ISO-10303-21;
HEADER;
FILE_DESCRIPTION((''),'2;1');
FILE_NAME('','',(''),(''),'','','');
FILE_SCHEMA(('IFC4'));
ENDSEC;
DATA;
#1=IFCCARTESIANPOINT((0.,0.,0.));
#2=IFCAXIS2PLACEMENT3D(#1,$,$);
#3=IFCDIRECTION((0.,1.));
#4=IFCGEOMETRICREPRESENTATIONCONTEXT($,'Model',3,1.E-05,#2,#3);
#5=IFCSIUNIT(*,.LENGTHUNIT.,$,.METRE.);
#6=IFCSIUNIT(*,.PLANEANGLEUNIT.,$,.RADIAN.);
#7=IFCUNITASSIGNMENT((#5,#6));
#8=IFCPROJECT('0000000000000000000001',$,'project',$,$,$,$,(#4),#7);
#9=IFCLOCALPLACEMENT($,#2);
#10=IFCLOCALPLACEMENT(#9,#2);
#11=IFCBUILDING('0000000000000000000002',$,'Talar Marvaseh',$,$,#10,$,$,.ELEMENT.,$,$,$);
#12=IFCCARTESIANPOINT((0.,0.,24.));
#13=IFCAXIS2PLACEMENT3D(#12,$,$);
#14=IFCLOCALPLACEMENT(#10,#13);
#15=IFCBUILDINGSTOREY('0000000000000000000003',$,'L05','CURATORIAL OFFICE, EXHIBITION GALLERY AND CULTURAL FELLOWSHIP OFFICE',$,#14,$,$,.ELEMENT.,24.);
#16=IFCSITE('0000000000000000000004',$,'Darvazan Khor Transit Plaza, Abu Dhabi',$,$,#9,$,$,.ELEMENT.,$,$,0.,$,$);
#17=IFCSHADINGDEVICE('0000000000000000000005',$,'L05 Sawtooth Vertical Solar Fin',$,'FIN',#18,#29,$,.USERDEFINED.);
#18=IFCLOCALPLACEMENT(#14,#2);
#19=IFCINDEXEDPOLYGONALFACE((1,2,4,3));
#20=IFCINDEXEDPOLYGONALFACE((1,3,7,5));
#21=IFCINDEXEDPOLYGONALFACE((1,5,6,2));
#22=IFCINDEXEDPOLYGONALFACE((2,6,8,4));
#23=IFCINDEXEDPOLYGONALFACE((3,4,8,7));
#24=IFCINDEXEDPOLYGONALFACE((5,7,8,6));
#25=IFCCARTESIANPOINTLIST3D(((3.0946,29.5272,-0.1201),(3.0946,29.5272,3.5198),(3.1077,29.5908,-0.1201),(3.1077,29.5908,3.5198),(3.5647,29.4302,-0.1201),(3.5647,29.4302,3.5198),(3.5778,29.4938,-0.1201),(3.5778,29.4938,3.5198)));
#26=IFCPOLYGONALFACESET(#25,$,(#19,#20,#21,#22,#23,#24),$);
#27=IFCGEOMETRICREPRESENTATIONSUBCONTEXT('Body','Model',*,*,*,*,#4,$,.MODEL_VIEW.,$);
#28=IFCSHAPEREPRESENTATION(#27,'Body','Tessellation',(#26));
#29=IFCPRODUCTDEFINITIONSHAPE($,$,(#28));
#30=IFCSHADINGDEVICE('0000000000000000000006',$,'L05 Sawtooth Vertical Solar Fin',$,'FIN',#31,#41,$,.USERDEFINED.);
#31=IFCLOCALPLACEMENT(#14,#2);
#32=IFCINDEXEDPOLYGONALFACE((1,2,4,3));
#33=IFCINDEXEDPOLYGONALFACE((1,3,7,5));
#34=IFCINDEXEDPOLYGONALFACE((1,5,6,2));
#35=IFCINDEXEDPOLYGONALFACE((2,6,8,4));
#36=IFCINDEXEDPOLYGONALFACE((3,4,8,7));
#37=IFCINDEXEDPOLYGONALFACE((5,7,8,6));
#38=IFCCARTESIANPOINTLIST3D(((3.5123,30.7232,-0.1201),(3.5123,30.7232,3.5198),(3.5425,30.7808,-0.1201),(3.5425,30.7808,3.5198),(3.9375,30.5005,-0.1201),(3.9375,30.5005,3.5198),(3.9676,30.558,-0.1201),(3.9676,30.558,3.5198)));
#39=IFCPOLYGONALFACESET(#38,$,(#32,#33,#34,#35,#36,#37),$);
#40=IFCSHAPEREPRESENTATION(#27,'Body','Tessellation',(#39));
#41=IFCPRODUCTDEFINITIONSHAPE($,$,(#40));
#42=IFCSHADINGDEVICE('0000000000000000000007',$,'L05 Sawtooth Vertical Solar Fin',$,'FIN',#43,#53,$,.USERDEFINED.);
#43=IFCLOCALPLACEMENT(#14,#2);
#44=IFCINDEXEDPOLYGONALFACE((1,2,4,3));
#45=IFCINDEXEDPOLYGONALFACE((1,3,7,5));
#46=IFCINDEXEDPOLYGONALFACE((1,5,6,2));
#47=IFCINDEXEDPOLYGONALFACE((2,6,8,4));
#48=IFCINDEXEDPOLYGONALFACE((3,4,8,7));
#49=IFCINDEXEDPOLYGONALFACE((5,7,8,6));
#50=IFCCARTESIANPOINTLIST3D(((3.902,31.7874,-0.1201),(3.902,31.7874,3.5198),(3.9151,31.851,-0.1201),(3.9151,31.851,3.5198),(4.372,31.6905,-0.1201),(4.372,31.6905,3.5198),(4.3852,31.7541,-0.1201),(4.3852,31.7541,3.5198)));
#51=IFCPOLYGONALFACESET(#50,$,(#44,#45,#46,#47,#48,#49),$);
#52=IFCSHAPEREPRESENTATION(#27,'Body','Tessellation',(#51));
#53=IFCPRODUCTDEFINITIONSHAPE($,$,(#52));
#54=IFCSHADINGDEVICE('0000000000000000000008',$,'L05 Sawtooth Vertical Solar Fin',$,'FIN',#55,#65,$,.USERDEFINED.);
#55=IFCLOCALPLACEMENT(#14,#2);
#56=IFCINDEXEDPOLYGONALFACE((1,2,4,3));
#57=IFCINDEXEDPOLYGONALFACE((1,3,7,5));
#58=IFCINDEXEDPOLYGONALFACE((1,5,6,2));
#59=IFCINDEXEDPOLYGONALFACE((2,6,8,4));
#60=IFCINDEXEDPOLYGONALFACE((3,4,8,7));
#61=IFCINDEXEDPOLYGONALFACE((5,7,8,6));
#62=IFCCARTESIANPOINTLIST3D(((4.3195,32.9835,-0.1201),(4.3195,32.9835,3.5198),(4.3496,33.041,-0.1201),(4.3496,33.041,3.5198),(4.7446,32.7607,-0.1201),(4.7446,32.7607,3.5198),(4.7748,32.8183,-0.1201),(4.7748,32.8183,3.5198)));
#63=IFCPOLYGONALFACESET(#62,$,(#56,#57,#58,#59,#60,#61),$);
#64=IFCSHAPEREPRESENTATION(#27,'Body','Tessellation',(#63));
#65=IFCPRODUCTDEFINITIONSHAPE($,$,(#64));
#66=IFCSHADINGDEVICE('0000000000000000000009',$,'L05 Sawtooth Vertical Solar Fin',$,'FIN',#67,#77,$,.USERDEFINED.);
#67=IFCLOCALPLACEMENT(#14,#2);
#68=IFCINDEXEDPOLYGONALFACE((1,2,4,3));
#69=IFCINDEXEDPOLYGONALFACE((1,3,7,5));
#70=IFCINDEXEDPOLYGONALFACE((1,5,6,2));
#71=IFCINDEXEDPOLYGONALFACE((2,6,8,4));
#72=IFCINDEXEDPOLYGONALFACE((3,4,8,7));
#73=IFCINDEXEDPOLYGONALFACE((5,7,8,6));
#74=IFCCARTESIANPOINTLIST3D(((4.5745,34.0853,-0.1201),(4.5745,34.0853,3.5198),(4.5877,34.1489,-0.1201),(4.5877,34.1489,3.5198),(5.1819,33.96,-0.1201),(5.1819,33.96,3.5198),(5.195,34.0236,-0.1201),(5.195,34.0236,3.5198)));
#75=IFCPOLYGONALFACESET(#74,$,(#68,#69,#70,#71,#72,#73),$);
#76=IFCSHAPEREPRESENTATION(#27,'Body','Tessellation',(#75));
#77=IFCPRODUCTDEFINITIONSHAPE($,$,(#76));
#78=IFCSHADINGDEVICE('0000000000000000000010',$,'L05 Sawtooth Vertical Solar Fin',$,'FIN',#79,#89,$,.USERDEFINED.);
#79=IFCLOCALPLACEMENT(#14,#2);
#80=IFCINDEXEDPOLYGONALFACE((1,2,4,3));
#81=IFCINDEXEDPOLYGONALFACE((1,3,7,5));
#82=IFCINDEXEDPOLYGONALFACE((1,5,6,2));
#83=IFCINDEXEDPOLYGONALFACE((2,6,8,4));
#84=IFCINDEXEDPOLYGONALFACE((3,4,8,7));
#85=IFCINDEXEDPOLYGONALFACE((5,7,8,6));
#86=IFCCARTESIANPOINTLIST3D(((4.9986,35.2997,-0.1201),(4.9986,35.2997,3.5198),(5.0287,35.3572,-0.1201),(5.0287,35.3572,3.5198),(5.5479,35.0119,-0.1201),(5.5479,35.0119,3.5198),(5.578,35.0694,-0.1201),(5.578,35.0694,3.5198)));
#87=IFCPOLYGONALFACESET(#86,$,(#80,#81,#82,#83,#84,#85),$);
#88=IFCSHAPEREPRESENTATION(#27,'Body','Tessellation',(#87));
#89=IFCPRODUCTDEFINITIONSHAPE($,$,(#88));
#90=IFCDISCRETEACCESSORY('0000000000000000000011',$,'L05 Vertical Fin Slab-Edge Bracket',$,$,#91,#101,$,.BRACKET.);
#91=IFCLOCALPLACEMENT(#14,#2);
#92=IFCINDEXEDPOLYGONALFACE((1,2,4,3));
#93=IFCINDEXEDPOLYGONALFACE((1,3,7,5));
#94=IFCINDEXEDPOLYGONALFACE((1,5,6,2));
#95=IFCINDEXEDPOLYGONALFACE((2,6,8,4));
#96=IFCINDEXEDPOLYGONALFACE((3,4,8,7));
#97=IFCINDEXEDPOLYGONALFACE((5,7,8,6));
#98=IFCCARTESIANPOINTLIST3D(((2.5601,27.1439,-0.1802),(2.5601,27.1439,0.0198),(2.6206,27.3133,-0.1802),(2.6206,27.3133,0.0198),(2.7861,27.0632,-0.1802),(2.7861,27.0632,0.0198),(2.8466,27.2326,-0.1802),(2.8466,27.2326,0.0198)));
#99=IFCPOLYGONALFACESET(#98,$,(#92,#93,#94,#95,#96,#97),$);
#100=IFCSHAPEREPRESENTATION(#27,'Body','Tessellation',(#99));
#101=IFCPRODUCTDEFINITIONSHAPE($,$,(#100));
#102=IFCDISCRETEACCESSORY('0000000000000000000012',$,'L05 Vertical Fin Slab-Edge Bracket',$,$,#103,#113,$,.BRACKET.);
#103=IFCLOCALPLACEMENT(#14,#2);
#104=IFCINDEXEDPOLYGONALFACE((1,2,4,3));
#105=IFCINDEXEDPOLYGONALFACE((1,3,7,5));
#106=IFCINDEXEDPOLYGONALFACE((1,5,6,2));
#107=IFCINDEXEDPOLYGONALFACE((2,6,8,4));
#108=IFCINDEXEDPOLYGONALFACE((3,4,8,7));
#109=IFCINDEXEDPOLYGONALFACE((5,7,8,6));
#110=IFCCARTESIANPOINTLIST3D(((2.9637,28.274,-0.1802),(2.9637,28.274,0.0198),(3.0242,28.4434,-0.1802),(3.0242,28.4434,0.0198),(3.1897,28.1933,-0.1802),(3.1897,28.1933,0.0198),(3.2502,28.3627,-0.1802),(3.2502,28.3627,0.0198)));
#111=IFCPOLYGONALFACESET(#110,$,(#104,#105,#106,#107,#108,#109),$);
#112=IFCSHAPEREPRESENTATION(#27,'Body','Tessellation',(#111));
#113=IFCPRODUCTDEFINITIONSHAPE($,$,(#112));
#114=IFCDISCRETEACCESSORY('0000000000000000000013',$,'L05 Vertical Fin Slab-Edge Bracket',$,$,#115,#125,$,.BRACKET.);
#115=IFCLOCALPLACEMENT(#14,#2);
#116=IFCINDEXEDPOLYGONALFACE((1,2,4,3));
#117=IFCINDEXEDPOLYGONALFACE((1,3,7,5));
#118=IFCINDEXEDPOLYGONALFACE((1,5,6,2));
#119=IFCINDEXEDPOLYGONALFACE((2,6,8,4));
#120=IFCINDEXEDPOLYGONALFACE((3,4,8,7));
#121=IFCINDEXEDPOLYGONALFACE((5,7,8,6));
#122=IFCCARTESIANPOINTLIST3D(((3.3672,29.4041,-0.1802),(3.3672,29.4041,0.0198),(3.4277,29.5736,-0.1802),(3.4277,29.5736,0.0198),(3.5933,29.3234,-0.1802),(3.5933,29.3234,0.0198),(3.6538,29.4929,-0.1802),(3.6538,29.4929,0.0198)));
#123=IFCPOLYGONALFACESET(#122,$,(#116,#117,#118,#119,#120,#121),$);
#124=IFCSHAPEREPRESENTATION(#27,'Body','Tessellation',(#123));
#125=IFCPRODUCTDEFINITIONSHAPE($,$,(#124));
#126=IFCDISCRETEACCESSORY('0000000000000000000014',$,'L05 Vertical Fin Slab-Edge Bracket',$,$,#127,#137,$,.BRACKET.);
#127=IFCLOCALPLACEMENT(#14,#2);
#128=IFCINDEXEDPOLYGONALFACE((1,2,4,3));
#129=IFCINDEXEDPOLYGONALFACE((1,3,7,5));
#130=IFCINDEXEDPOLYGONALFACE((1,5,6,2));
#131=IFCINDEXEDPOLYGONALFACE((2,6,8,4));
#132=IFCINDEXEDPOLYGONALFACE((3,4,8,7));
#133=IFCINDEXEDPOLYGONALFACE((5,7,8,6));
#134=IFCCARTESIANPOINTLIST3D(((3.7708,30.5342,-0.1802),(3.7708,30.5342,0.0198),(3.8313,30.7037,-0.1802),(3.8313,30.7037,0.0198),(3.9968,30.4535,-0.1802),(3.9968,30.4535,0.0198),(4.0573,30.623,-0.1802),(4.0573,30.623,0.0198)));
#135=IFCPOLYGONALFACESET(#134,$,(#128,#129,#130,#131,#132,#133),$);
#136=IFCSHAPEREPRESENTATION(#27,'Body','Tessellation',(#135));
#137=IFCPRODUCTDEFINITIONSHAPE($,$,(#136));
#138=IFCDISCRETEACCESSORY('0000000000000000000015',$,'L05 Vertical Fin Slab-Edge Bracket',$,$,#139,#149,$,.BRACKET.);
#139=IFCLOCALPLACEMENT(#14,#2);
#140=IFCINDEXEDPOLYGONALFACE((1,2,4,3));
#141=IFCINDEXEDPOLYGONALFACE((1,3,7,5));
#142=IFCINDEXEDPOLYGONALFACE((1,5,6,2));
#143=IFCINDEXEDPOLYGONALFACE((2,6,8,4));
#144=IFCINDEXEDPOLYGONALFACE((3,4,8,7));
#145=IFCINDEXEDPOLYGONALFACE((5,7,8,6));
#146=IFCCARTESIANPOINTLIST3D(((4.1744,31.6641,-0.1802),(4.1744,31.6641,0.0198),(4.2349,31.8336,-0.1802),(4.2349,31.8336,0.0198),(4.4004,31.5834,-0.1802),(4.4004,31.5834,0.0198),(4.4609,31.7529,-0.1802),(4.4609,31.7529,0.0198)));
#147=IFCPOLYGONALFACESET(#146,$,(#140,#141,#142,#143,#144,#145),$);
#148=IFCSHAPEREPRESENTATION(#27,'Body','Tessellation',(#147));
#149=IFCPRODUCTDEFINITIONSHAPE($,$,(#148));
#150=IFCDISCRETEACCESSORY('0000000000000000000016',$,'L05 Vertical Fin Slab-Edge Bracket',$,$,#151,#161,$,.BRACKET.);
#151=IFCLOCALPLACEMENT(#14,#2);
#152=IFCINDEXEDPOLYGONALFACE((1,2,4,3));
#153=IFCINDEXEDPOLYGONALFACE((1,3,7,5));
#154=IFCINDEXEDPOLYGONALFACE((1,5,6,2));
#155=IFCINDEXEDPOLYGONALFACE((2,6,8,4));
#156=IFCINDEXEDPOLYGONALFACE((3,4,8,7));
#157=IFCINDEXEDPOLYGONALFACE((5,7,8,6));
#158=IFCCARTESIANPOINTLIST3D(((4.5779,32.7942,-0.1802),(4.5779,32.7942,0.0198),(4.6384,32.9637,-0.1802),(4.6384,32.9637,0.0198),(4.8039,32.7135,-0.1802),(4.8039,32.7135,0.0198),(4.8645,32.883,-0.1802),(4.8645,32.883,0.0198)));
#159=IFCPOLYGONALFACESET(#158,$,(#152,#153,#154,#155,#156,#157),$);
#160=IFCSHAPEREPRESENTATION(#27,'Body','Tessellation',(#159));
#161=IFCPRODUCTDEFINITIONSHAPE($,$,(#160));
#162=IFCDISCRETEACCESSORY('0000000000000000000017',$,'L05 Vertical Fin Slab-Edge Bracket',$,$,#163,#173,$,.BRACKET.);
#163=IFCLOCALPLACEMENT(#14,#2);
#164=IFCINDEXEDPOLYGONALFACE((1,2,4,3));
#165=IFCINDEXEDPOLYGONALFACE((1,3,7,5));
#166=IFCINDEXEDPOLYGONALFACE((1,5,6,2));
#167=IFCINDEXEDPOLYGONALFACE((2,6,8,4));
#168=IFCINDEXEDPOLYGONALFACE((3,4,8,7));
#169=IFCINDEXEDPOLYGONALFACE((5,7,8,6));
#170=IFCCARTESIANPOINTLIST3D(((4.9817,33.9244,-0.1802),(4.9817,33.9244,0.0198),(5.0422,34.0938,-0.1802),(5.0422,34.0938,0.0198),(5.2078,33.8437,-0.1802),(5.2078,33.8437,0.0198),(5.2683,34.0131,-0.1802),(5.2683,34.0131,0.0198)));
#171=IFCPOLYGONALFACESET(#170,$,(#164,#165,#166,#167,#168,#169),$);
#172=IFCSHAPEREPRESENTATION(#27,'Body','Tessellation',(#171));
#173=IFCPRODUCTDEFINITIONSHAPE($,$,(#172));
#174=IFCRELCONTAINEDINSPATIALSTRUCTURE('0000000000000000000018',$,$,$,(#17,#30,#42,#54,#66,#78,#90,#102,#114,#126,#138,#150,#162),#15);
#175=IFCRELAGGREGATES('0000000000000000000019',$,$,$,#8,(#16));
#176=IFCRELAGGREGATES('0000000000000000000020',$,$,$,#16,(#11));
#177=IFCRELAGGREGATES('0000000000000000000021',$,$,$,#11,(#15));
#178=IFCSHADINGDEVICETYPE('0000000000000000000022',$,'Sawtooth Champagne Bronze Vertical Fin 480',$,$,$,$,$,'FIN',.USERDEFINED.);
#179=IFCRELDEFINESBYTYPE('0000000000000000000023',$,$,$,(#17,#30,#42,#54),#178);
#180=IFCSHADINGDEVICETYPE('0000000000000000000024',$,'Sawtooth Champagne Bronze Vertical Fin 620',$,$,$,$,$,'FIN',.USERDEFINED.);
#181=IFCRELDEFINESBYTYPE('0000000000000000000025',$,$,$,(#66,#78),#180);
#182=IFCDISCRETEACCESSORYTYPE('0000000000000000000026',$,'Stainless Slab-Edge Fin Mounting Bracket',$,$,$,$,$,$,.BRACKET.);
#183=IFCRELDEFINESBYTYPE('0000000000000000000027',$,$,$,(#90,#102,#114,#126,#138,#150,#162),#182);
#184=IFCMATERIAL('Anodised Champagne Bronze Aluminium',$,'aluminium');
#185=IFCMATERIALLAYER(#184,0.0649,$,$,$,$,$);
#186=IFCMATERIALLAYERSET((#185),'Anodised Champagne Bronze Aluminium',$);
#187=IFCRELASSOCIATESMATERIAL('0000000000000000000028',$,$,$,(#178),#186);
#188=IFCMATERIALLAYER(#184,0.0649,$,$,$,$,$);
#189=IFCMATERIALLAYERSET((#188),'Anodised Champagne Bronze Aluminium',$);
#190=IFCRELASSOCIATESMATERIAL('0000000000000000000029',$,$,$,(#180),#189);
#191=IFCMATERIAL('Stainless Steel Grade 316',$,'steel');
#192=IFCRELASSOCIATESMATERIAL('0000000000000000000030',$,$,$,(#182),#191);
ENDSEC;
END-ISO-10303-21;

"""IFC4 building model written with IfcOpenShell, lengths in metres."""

from ifc_helpers import new_model, si_unit, direction, frame, origin, origin_2d, place, context, subcontext, project, spatial, rectangle, extrude, source, transform, mapped, material, layer, layer_set, type_object, type_shapes, element, save


model = new_model("IFC4")

# Units and contexts
model_context = context("Model", 3, precision=1e-05, world=origin(), true_north=direction((0.0, 1.0)))
body_context = subcontext(model_context, "Body", "Model", "MODEL_VIEW")
ifc_project = project(units=[si_unit("LENGTHUNIT", "METRE"), si_unit("PLANEANGLEUNIT", "RADIAN")], contexts=[model_context])

# Site, building, storey
site_placement = place(None, origin())
site = spatial("IfcSite", under=ifc_project, at=site_placement, Name="Darvazan Khor Transit Plaza, Abu Dhabi", CompositionType="ELEMENT", RefElevation=0.0)
building_placement = place(site_placement, origin())
building = spatial("IfcBuilding", under=site, at=building_placement, Name="Talar Marvaseh", CompositionType="ELEMENT")
storey_placement = place(building_placement, frame((0.0, 0.0, 24.0)))
storey = spatial("IfcBuildingStorey", under=building, at=storey_placement, Name="L05", Description="CURATORIAL OFFICE, EXHIBITION GALLERY AND CULTURAL FELLOWSHIP OFFICE", CompositionType="ELEMENT", Elevation=24.0)

# Shading devices
ifc_material_1 = material(Name="Anodised Champagne Bronze Aluminium", Category="aluminium")
ifc_layer_1 = layer(ifc_material_1, 0.0649)
ifc_layer_set_1 = layer_set([ifc_layer_1], Name="Anodised Champagne Bronze Aluminium")
shading_device_type_1 = type_object("IfcShadingDeviceType", Name="Sawtooth Champagne Bronze Vertical Fin 480", ElementType="FIN", PredefinedType="USERDEFINED", material=ifc_layer_set_1)
shared_shape_1 = source(origin(), body_context, "Body", "SweptSolid", [
    extrude(rectangle(XDim=0.48, YDim=0.0649, at=origin_2d()), origin(), (0.0, 0.0, 1.0), 3.6399),
])
type_shapes(shading_device_type_1, [shared_shape_1])
for number, where, z_axis, x_axis, name in (
    (1, (3.3362, 29.5105, -0.1201), (0.0, 0.0, 1.0), (-0.979399, 0.201933, 0.0), "L05 Sawtooth Vertical Solar Fin"),
    (2, (3.74, 30.6406, -0.1201), (0.0, 0.0, 1.0), (-0.885799, 0.464069, 0.0), "L05 Sawtooth Vertical Solar Fin"),
    (3, (4.1436, 31.7708, -0.1201), (0.0, 0.0, 1.0), (-0.979399, 0.201933, 0.0), "L05 Sawtooth Vertical Solar Fin"),
    (4, (4.5471, 32.9009, -0.1201), (0.0, 0.0, 1.0), (-0.885799, 0.464069, 0.0), "L05 Sawtooth Vertical Solar Fin"),
):
    element("IfcShadingDevice", number, at=place(storey_placement, frame(where, z_axis=z_axis, x_axis=x_axis)), inside=storey, type_object=shading_device_type_1, Name=name, ObjectType="FIN", PredefinedType="USERDEFINED", context=body_context, shape_type="MappedRepresentation", body=[
        mapped(shared_shape_1, transform((0.0, 0.0, 0.0), x_axis=(1.0, 0.0, 0.0), y_axis=(0.0, 1.0, 0.0), z_axis=(0.0, 0.0, 1.0), scale=1.0)),
    ])
ifc_layer_2 = layer(ifc_material_1, 0.0649)
ifc_layer_set_2 = layer_set([ifc_layer_2], Name="Anodised Champagne Bronze Aluminium")
shading_device_type_2 = type_object("IfcShadingDeviceType", Name="Sawtooth Champagne Bronze Vertical Fin 620", ElementType="FIN", PredefinedType="USERDEFINED", material=ifc_layer_set_2)
shared_shape_2 = source(origin(), body_context, "Body", "SweptSolid", [
    extrude(rectangle(XDim=0.6201, YDim=0.0649, at=origin_2d()), origin(), (0.0, 0.0, 1.0), 3.6399),
])
type_shapes(shading_device_type_2, [shared_shape_2])
for number, where, z_axis, x_axis, name in (
    (5, (4.8848, 34.0544, -0.1201), (0.0, 0.0, 1.0), (-0.979399, 0.201933, 0.0), "L05 Sawtooth Vertical Solar Fin"),
    (6, (5.2883, 35.1846, -0.1201), (0.0, 0.0, 1.0), (-0.885799, 0.464069, 0.0), "L05 Sawtooth Vertical Solar Fin"),
):
    element("IfcShadingDevice", number, at=place(storey_placement, frame(where, z_axis=z_axis, x_axis=x_axis)), inside=storey, type_object=shading_device_type_2, Name=name, ObjectType="FIN", PredefinedType="USERDEFINED", context=body_context, shape_type="MappedRepresentation", body=[
        mapped(shared_shape_2, transform((0.0, 0.0, 0.0), x_axis=(1.0, 0.0, 0.0), y_axis=(0.0, 1.0, 0.0), z_axis=(0.0, 0.0, 1.0), scale=1.0)),
    ])

# Discrete accessories
ifc_material_2 = material(Name="Stainless Steel Grade 316", Category="steel")
discrete_accessory_type = type_object("IfcDiscreteAccessoryType", Name="Stainless Slab-Edge Fin Mounting Bracket", PredefinedType="BRACKET", material=ifc_material_2)
shared_shape_3 = source(origin(), body_context, "Body", "SweptSolid", [
    extrude(rectangle(XDim=0.24, YDim=0.1799, at=origin_2d()), origin(), (0.0, 0.0, 1.0), 0.2),
])
type_shapes(discrete_accessory_type, [shared_shape_3])
for number, where, z_axis, x_axis, name in (
    (7, (2.7034, 27.1882, -0.1802), (0.0, 0.0, 1.0), (-0.941764, 0.336274, 0.0), "L05 Vertical Fin Slab-Edge Bracket"),
    (8, (3.1069, 28.3184, -0.1802), (0.0, 0.0, 1.0), (-0.941764, 0.336274, 0.0), "L05 Vertical Fin Slab-Edge Bracket"),
    (9, (3.5105, 29.4485, -0.1802), (0.0, 0.0, 1.0), (-0.941764, 0.336274, 0.0), "L05 Vertical Fin Slab-Edge Bracket"),
    (10, (3.9141, 30.5786, -0.1802), (0.0, 0.0, 1.0), (-0.941764, 0.336274, 0.0), "L05 Vertical Fin Slab-Edge Bracket"),
    (11, (4.3176, 31.7085, -0.1802), (0.0, 0.0, 1.0), (-0.941764, 0.336274, 0.0), "L05 Vertical Fin Slab-Edge Bracket"),
    (12, (4.7212, 32.8386, -0.1802), (0.0, 0.0, 1.0), (-0.941764, 0.336274, 0.0), "L05 Vertical Fin Slab-Edge Bracket"),
    (13, (5.125, 33.9688, -0.1802), (0.0, 0.0, 1.0), (-0.941764, 0.336274, 0.0), "L05 Vertical Fin Slab-Edge Bracket"),
):
    element("IfcDiscreteAccessory", number, at=place(storey_placement, frame(where, z_axis=z_axis, x_axis=x_axis)), inside=storey, type_object=discrete_accessory_type, Name=name, PredefinedType="BRACKET", context=body_context, shape_type="MappedRepresentation", body=[
        mapped(shared_shape_3, transform((0.0, 0.0, 0.0), x_axis=(1.0, 0.0, 0.0), y_axis=(0.0, 1.0, 0.0), z_axis=(0.0, 0.0, 1.0), scale=1.0)),
    ])

save(model, "model.ifc")
